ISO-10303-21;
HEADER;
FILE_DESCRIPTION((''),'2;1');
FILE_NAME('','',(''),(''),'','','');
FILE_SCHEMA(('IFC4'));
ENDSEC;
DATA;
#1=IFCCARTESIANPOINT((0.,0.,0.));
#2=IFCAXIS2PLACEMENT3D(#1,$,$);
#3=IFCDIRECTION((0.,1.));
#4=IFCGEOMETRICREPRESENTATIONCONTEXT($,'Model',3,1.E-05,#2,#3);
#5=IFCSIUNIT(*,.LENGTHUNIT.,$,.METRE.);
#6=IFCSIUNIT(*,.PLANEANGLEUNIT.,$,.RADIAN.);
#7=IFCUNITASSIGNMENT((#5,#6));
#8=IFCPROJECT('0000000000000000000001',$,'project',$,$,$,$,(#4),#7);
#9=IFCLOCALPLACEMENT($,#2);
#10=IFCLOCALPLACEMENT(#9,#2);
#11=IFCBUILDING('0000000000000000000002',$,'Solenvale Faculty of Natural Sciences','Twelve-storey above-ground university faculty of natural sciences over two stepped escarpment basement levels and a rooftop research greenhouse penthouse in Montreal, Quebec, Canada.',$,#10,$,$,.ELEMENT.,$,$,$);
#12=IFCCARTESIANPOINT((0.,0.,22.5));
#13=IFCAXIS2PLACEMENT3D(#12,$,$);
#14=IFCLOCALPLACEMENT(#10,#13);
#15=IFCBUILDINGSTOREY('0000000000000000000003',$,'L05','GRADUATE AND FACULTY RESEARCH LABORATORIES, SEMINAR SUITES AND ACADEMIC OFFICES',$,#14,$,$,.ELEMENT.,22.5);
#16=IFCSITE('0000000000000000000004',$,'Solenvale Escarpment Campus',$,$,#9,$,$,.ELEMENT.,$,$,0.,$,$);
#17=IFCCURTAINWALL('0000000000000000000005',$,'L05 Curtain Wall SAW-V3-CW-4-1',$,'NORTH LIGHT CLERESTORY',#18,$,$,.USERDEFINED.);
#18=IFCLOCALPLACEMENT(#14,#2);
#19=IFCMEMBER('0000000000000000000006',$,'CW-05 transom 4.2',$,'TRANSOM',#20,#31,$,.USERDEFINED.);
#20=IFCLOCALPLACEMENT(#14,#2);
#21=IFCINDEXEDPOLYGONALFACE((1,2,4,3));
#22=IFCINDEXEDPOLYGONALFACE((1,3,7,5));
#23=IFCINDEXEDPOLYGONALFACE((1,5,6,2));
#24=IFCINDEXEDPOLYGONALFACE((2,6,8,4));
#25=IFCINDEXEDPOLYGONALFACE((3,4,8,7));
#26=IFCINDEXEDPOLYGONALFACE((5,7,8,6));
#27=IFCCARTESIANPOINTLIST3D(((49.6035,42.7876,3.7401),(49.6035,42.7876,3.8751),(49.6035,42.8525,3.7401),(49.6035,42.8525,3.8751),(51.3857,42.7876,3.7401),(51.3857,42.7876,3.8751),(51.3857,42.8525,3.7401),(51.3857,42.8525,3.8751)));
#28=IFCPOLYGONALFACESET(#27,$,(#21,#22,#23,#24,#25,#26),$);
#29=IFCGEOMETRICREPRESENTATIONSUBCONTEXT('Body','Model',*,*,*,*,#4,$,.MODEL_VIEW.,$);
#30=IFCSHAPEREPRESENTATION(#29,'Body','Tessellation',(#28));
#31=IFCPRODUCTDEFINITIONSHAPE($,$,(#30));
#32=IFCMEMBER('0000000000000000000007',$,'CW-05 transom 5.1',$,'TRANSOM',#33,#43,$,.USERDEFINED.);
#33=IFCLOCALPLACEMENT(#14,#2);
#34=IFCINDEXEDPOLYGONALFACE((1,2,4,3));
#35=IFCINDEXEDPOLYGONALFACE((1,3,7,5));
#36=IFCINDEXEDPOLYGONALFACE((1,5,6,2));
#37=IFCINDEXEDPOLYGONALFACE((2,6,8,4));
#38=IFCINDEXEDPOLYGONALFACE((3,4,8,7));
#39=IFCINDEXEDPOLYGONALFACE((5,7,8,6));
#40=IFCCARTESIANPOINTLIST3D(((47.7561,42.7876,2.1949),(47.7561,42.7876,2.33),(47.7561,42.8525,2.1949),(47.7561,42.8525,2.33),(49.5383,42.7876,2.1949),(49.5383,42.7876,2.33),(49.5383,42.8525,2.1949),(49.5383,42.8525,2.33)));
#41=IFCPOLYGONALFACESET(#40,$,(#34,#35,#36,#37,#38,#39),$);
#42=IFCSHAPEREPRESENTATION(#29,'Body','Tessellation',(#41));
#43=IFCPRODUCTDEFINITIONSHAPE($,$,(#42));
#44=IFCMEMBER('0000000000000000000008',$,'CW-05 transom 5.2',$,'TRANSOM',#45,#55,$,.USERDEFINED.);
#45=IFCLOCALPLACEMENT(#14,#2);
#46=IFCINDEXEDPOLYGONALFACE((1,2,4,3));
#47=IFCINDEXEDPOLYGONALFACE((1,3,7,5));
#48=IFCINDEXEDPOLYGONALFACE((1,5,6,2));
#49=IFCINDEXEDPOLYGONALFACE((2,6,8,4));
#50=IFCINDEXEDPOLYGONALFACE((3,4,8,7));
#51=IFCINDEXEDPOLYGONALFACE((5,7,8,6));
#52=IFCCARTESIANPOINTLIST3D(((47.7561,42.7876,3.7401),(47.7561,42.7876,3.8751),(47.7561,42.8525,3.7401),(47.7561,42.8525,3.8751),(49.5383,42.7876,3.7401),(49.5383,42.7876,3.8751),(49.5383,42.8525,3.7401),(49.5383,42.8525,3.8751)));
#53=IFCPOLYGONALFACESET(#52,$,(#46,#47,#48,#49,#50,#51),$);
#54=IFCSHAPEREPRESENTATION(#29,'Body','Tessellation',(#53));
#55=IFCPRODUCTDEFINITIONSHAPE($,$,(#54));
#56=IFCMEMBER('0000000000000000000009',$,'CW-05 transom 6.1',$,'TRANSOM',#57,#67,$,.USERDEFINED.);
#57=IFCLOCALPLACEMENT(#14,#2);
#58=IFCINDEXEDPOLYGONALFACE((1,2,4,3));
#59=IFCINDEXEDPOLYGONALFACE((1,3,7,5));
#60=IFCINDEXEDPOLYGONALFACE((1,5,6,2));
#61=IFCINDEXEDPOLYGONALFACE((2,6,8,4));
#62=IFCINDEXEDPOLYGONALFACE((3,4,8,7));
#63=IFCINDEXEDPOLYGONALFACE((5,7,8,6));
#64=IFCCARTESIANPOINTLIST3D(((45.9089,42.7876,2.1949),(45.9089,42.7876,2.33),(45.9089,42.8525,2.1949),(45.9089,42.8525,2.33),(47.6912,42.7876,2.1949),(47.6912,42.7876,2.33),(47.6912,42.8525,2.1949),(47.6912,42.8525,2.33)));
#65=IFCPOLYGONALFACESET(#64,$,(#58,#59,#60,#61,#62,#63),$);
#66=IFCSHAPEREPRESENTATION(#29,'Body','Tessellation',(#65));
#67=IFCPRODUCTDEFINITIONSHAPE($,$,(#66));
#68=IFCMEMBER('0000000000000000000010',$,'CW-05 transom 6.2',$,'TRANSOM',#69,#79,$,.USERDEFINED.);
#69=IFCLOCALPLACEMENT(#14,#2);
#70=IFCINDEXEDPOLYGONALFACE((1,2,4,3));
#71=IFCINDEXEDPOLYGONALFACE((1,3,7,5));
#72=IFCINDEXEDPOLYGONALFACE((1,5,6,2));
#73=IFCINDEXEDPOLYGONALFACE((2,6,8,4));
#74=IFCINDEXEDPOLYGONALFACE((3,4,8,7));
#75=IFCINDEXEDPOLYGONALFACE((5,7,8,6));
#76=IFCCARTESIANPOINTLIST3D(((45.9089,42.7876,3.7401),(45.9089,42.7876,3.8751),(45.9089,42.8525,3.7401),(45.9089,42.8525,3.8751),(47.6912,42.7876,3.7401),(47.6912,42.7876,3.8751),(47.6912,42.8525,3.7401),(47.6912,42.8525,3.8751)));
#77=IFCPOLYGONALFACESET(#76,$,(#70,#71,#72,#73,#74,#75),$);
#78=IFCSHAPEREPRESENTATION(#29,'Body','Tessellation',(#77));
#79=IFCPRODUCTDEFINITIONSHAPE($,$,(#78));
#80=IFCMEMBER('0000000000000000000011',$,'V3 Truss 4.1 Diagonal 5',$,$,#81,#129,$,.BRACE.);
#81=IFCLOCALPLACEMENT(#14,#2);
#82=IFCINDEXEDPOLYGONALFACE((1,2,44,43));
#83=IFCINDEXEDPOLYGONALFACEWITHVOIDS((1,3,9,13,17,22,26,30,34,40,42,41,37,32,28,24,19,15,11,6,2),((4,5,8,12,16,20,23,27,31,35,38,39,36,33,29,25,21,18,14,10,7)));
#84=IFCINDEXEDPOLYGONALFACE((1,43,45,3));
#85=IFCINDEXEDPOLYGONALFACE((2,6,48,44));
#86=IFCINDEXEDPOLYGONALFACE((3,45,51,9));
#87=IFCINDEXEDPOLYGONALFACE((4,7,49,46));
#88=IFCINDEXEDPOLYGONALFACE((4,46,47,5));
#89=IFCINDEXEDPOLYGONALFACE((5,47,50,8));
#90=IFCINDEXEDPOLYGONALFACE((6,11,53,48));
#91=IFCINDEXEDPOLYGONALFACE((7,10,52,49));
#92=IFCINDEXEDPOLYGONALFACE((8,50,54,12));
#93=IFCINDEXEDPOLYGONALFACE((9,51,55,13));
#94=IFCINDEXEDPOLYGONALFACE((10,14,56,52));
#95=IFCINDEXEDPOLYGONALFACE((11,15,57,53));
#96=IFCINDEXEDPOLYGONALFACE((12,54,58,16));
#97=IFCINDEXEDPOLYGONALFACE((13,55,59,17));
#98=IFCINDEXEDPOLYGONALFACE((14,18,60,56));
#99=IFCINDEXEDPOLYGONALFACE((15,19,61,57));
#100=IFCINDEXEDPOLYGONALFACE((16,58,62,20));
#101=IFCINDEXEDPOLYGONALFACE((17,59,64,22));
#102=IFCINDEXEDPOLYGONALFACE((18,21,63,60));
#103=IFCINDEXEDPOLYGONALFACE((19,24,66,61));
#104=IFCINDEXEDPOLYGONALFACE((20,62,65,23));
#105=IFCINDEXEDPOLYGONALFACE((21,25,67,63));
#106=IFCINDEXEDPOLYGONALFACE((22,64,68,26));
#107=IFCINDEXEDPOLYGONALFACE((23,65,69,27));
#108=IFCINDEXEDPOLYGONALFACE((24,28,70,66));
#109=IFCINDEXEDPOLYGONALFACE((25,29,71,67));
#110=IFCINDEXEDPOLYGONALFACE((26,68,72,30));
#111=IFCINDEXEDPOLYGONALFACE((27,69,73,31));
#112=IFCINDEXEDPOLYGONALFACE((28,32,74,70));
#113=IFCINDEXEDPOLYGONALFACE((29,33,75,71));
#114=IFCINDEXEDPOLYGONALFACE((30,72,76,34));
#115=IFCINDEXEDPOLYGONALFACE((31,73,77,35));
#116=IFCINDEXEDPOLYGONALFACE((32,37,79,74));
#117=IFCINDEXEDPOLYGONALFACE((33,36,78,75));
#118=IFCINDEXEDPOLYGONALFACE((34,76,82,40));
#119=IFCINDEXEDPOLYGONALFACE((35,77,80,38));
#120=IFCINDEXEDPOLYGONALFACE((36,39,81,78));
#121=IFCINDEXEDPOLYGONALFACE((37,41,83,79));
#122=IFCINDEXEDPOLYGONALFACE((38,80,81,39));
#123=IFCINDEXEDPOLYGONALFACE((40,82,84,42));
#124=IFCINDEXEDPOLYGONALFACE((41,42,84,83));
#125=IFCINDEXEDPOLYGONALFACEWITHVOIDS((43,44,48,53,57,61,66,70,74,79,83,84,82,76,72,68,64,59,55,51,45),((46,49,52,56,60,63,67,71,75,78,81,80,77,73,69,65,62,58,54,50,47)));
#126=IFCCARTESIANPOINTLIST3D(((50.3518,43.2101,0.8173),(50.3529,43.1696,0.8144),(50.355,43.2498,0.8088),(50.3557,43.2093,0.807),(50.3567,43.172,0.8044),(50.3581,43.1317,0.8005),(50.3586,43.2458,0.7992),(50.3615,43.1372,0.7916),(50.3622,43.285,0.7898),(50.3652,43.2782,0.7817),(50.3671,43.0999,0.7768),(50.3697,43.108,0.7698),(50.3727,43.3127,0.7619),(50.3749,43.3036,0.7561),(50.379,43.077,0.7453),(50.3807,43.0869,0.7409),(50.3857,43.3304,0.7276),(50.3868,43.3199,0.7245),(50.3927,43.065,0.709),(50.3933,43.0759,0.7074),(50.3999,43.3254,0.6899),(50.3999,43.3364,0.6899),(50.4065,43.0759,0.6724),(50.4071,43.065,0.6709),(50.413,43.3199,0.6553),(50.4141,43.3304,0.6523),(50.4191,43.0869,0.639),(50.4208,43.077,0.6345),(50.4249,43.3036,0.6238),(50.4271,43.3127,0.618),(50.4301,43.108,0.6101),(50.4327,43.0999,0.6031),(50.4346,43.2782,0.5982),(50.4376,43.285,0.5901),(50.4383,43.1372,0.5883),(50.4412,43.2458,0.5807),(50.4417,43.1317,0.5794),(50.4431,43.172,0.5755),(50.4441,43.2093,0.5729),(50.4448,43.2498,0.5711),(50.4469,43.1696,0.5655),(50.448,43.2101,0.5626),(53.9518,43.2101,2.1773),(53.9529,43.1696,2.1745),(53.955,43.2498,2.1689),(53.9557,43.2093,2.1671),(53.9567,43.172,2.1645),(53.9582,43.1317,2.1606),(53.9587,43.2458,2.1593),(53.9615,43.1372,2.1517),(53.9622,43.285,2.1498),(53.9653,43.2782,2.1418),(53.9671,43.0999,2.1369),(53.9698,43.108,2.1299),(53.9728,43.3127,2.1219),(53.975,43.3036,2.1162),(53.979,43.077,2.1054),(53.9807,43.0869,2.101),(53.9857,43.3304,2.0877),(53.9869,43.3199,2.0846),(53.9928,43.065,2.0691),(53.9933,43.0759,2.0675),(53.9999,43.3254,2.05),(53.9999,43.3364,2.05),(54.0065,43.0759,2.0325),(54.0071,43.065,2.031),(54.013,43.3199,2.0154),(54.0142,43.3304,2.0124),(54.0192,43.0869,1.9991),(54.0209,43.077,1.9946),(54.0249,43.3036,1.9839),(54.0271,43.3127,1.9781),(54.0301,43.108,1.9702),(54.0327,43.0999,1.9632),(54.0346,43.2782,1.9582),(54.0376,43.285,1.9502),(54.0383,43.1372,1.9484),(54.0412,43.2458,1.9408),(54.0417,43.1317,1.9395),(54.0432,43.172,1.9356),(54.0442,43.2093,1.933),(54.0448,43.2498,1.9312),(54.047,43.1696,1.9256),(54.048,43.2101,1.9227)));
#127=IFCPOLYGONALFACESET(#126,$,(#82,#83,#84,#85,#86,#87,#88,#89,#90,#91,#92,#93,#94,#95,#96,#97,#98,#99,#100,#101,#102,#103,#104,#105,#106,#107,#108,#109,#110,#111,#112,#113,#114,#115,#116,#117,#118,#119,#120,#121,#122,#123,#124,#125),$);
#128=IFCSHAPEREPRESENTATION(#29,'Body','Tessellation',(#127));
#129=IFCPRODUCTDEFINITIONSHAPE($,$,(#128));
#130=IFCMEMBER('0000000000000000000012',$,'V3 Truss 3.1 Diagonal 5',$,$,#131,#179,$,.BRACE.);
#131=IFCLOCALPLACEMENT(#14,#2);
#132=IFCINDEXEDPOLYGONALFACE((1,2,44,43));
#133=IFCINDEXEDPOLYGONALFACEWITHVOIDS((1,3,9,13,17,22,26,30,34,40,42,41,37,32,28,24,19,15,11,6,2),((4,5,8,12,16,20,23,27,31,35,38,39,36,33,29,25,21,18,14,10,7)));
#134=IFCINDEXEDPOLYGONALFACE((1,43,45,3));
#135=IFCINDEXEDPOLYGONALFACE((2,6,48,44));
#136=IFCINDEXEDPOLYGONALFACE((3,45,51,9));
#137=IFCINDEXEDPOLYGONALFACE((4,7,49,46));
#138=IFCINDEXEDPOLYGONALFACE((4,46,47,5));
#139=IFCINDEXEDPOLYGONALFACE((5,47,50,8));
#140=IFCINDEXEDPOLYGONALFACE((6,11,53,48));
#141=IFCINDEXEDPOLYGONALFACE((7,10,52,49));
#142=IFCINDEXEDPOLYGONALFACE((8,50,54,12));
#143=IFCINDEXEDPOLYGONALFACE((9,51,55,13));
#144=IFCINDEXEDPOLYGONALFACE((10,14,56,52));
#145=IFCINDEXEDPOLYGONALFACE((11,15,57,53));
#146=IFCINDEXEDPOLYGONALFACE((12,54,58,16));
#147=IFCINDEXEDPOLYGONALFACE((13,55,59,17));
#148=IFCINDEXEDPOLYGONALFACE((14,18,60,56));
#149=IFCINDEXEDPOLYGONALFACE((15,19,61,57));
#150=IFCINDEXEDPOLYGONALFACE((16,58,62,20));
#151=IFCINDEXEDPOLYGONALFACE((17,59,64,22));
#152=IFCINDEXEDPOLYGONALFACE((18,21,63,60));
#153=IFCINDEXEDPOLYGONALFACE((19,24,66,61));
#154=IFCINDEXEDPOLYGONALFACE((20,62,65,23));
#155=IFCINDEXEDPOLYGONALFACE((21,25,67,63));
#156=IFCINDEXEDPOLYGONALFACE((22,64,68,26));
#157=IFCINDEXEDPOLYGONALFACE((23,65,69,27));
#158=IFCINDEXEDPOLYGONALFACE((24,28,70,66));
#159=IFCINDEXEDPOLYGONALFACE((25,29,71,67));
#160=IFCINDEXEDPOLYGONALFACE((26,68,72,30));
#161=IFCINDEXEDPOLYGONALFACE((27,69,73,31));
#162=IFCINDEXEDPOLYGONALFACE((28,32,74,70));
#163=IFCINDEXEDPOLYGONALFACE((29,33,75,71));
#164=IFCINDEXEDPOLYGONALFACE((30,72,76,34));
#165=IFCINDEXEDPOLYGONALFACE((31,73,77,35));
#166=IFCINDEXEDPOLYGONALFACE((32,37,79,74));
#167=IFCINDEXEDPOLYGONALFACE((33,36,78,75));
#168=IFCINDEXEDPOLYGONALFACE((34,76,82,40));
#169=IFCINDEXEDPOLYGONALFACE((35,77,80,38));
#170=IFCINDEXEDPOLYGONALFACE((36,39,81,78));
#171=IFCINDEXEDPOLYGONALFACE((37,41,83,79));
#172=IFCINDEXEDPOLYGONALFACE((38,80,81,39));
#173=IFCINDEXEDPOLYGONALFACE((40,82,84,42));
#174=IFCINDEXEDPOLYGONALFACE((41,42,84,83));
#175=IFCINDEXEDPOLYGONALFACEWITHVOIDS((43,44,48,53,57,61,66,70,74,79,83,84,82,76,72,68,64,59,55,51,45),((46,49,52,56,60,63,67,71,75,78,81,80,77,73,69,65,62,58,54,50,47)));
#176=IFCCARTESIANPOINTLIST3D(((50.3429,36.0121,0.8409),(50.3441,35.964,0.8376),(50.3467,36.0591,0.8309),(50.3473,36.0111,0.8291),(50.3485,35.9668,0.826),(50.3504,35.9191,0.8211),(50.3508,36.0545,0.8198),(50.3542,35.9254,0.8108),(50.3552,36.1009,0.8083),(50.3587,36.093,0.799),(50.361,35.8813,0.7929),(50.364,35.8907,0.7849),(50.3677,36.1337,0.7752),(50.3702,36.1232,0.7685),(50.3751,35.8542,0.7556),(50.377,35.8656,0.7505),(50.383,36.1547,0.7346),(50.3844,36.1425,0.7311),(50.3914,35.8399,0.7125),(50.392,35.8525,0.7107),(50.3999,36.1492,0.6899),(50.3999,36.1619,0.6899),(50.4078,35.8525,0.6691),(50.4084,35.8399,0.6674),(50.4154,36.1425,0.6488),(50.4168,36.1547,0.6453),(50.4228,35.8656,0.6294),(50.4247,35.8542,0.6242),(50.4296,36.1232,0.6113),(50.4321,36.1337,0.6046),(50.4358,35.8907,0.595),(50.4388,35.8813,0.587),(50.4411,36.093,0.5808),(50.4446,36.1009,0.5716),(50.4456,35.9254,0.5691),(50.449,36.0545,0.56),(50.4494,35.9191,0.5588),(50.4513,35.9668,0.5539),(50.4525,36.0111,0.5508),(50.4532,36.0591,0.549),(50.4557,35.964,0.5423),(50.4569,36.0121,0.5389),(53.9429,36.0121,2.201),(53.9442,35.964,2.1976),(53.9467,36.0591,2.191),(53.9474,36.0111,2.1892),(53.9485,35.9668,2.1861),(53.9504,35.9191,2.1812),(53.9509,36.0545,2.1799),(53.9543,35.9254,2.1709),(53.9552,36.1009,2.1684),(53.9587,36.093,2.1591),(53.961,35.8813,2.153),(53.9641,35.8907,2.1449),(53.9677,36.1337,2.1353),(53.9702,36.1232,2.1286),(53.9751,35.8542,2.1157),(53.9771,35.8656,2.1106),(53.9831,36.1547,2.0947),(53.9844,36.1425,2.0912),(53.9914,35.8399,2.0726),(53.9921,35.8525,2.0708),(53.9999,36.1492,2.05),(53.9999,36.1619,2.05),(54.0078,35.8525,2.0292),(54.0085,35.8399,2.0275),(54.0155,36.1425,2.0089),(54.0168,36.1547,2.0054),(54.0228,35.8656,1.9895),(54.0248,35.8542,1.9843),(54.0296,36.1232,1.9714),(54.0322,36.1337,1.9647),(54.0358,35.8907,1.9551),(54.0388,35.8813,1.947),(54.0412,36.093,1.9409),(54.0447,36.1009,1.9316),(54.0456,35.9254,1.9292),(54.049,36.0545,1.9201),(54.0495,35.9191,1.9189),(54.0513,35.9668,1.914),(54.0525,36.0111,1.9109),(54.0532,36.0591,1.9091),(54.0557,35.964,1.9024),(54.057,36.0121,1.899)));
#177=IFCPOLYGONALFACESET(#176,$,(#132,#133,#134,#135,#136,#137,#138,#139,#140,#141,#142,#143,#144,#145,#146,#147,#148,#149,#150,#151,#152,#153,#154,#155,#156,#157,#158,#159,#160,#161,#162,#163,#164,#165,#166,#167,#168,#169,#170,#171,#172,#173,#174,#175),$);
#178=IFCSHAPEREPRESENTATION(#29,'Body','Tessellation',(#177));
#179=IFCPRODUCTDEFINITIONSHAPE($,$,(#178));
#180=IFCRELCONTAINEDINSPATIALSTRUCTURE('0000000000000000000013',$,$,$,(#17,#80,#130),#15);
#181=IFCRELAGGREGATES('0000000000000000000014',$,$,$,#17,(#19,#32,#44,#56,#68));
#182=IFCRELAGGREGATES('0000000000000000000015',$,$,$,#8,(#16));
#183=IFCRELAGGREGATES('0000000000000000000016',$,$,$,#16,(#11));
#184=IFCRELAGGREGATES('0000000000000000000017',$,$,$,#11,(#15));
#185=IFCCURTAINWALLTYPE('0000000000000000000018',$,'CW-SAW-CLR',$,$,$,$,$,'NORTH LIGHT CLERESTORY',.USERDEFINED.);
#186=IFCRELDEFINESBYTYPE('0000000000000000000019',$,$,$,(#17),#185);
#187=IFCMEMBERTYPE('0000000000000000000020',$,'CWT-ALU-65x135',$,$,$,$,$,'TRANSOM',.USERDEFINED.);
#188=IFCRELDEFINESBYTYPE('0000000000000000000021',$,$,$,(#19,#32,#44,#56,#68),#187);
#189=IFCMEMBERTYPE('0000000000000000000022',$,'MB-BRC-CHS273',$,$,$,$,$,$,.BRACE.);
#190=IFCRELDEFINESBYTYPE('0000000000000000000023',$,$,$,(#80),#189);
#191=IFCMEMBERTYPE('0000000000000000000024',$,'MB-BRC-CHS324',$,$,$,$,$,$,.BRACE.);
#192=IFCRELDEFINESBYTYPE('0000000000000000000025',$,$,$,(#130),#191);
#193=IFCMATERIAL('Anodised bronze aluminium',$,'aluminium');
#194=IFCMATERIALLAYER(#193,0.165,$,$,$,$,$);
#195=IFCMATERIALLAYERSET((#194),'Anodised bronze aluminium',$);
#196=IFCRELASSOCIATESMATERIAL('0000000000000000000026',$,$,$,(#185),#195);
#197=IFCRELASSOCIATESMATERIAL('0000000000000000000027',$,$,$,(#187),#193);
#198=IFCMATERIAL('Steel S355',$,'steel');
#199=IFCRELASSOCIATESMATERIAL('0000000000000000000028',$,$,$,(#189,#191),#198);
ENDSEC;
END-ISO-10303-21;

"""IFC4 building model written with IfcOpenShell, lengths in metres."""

from ifc_helpers import new_model, si_unit, direction, frame, origin, origin_2d, place, context, subcontext, project, spatial, rectangle, hollow_circle, extrude, material, layer, layer_set, material_profile, profile_set, type_object, element, aggregate, save


model = new_model("IFC4")

# Units and contexts
model_context = context("Model", 3, precision=1e-05, world=origin(), true_north=direction((0.0, 1.0)))
body_context = subcontext(model_context, "Body", "Model", "MODEL_VIEW")
ifc_project = project(units=[si_unit("LENGTHUNIT", "METRE"), si_unit("PLANEANGLEUNIT", "RADIAN")], contexts=[model_context])

# Site, building, storey
site_placement = place(None, origin())
site = spatial("IfcSite", under=ifc_project, at=site_placement, Name="Solenvale Escarpment Campus", CompositionType="ELEMENT", RefElevation=0.0)
building_placement = place(site_placement, origin())
building = spatial("IfcBuilding", under=site, at=building_placement, Name="Solenvale Faculty of Natural Sciences", Description="Twelve-storey above-ground university faculty of natural sciences over two stepped escarpment basement levels and a rooftop research greenhouse penthouse in Montreal, Quebec, Canada.", CompositionType="ELEMENT")
storey_placement = place(building_placement, frame((0.0, 0.0, 22.5)))
storey = spatial("IfcBuildingStorey", under=building, at=storey_placement, Name="L05", Description="GRADUATE AND FACULTY RESEARCH LABORATORIES, SEMINAR SUITES AND ACADEMIC OFFICES", CompositionType="ELEMENT", Elevation=22.5)

# Curtain wall
ifc_material_1 = material(Name="Anodised bronze aluminium", Category="aluminium")
ifc_layer_1 = layer(ifc_material_1, 0.165)
ifc_layer_set_1 = layer_set([ifc_layer_1], Name="Anodised bronze aluminium")
curtain_wall_type = type_object("IfcCurtainWallType", Name="CW-SAW-CLR", ElementType="NORTH LIGHT CLERESTORY", PredefinedType="USERDEFINED", material=ifc_layer_set_1)
curtain_wall_1_placement = place(storey_placement, origin())
curtain_wall_1 = element("IfcCurtainWall", 1, at=curtain_wall_1_placement, inside=storey, type_object=curtain_wall_type, Name="L05 Curtain Wall SAW-V3-CW-4-1", ObjectType="NORTH LIGHT CLERESTORY", PredefinedType="USERDEFINED")

# Members
ifc_material_profile_1 = material_profile(ifc_material_1, rectangle(XDim=0.0649, YDim=0.135, at=origin_2d()), Name="ALU-TRN-65x135")
ifc_profile_set_1 = profile_set([ifc_material_profile_1], Name="Anodised bronze aluminium")
member_type_1 = type_object("IfcMemberType", Name="CWT-ALU-65x135", ElementType="TRANSOM", PredefinedType="USERDEFINED", material=ifc_profile_set_1)
member_1_placement = place(storey_placement, frame((51.3857, 42.8201, 3.8076), z_axis=(-1.0, 0.0, 0.0), x_axis=(0.0, -1.0, 0.0)))
member_1 = element("IfcMember", 2, at=member_1_placement, type_object=member_type_1, Name="CW-05 transom 4.2", ObjectType="TRANSOM", PredefinedType="USERDEFINED", context=body_context, shape_type="SweptSolid", body=[
    extrude(rectangle(XDim=0.0649, YDim=0.135, at=origin_2d()), origin(), (0.0, 0.0, 1.0), 1.7822),
])
member_2_placement = place(storey_placement, frame((49.5383, 42.8201, 2.2625), z_axis=(-1.0, 0.0, 0.0), x_axis=(0.0, -1.0, 0.0)))
member_2 = element("IfcMember", 3, at=member_2_placement, type_object=member_type_1, Name="CW-05 transom 5.1", ObjectType="TRANSOM", PredefinedType="USERDEFINED", context=body_context, shape_type="SweptSolid", body=[
    extrude(rectangle(XDim=0.0649, YDim=0.135, at=origin_2d()), origin(), (0.0, 0.0, 1.0), 1.7822),
])
member_3_placement = place(storey_placement, frame((49.5383, 42.8201, 3.8076), z_axis=(-1.0, 0.0, 0.0), x_axis=(0.0, -1.0, 0.0)))
member_3 = element("IfcMember", 4, at=member_3_placement, type_object=member_type_1, Name="CW-05 transom 5.2", ObjectType="TRANSOM", PredefinedType="USERDEFINED", context=body_context, shape_type="SweptSolid", body=[
    extrude(rectangle(XDim=0.0649, YDim=0.135, at=origin_2d()), origin(), (0.0, 0.0, 1.0), 1.7822),
])
member_4_placement = place(storey_placement, frame((47.6912, 42.8201, 2.2625), z_axis=(-1.0, 0.0, 0.0), x_axis=(0.0, -1.0, 0.0)))
member_4 = element("IfcMember", 5, at=member_4_placement, type_object=member_type_1, Name="CW-05 transom 6.1", ObjectType="TRANSOM", PredefinedType="USERDEFINED", context=body_context, shape_type="SweptSolid", body=[
    extrude(rectangle(XDim=0.0649, YDim=0.135, at=origin_2d()), origin(), (0.0, 0.0, 1.0), 1.7822),
])
member_5_placement = place(storey_placement, frame((47.6912, 42.8201, 3.8076), z_axis=(-1.0, 0.0, 0.0), x_axis=(0.0, -1.0, 0.0)))
member_5 = element("IfcMember", 6, at=member_5_placement, type_object=member_type_1, Name="CW-05 transom 6.2", ObjectType="TRANSOM", PredefinedType="USERDEFINED", context=body_context, shape_type="SweptSolid", body=[
    extrude(rectangle(XDim=0.0649, YDim=0.135, at=origin_2d()), origin(), (0.0, 0.0, 1.0), 1.7822),
])

# Members
ifc_material_2 = material(Name="Steel S355", Category="steel")
ifc_material_profile_2 = material_profile(ifc_material_2, hollow_circle(Radius=0.1365, WallThickness=0.011, at=origin_2d()), Name="HSS273x11")
ifc_profile_set_2 = profile_set([ifc_material_profile_2], Name="Steel S355")
member_type_2 = type_object("IfcMemberType", Name="MB-BRC-CHS273", PredefinedType="BRACE", material=ifc_profile_set_2)
member_6_placement = place(storey_placement, frame((50.3999, 43.2, 0.6899), z_axis=(0.935466, 0.0, 0.353417), x_axis=(0.0, 1.0, 0.0)))
element("IfcMember", 7, at=member_6_placement, inside=storey, type_object=member_type_2, Name="V3 Truss 4.1 Diagonal 5", PredefinedType="BRACE", context=body_context, shape_type="SweptSolid", body=[
    extrude(hollow_circle(Radius=0.1365, WallThickness=0.011, at=origin_2d()), origin(), (0.0, 0.0, 1.0), 3.8484),
])
ifc_material_profile_3 = material_profile(ifc_material_2, hollow_circle(Radius=0.1619, WallThickness=0.0127, at=origin_2d()), Name="HSS324x13")
ifc_profile_set_3 = profile_set([ifc_material_profile_3], Name="Steel S355")
member_type_3 = type_object("IfcMemberType", Name="MB-BRC-CHS324", PredefinedType="BRACE", material=ifc_profile_set_3)
member_7_placement = place(storey_placement, frame((50.3999, 36.0, 0.6899), z_axis=(0.935466, 0.0, 0.353417), x_axis=(0.0, 1.0, 0.0)))
element("IfcMember", 8, at=member_7_placement, inside=storey, type_object=member_type_3, Name="V3 Truss 3.1 Diagonal 5", PredefinedType="BRACE", context=body_context, shape_type="SweptSolid", body=[
    extrude(hollow_circle(Radius=0.1619, WallThickness=0.0127, at=origin_2d()), origin(), (0.0, 0.0, 1.0), 3.8484),
])

aggregate(curtain_wall_1, [member_1, member_2, member_3, member_4, member_5])

save(model, "model.ifc")
